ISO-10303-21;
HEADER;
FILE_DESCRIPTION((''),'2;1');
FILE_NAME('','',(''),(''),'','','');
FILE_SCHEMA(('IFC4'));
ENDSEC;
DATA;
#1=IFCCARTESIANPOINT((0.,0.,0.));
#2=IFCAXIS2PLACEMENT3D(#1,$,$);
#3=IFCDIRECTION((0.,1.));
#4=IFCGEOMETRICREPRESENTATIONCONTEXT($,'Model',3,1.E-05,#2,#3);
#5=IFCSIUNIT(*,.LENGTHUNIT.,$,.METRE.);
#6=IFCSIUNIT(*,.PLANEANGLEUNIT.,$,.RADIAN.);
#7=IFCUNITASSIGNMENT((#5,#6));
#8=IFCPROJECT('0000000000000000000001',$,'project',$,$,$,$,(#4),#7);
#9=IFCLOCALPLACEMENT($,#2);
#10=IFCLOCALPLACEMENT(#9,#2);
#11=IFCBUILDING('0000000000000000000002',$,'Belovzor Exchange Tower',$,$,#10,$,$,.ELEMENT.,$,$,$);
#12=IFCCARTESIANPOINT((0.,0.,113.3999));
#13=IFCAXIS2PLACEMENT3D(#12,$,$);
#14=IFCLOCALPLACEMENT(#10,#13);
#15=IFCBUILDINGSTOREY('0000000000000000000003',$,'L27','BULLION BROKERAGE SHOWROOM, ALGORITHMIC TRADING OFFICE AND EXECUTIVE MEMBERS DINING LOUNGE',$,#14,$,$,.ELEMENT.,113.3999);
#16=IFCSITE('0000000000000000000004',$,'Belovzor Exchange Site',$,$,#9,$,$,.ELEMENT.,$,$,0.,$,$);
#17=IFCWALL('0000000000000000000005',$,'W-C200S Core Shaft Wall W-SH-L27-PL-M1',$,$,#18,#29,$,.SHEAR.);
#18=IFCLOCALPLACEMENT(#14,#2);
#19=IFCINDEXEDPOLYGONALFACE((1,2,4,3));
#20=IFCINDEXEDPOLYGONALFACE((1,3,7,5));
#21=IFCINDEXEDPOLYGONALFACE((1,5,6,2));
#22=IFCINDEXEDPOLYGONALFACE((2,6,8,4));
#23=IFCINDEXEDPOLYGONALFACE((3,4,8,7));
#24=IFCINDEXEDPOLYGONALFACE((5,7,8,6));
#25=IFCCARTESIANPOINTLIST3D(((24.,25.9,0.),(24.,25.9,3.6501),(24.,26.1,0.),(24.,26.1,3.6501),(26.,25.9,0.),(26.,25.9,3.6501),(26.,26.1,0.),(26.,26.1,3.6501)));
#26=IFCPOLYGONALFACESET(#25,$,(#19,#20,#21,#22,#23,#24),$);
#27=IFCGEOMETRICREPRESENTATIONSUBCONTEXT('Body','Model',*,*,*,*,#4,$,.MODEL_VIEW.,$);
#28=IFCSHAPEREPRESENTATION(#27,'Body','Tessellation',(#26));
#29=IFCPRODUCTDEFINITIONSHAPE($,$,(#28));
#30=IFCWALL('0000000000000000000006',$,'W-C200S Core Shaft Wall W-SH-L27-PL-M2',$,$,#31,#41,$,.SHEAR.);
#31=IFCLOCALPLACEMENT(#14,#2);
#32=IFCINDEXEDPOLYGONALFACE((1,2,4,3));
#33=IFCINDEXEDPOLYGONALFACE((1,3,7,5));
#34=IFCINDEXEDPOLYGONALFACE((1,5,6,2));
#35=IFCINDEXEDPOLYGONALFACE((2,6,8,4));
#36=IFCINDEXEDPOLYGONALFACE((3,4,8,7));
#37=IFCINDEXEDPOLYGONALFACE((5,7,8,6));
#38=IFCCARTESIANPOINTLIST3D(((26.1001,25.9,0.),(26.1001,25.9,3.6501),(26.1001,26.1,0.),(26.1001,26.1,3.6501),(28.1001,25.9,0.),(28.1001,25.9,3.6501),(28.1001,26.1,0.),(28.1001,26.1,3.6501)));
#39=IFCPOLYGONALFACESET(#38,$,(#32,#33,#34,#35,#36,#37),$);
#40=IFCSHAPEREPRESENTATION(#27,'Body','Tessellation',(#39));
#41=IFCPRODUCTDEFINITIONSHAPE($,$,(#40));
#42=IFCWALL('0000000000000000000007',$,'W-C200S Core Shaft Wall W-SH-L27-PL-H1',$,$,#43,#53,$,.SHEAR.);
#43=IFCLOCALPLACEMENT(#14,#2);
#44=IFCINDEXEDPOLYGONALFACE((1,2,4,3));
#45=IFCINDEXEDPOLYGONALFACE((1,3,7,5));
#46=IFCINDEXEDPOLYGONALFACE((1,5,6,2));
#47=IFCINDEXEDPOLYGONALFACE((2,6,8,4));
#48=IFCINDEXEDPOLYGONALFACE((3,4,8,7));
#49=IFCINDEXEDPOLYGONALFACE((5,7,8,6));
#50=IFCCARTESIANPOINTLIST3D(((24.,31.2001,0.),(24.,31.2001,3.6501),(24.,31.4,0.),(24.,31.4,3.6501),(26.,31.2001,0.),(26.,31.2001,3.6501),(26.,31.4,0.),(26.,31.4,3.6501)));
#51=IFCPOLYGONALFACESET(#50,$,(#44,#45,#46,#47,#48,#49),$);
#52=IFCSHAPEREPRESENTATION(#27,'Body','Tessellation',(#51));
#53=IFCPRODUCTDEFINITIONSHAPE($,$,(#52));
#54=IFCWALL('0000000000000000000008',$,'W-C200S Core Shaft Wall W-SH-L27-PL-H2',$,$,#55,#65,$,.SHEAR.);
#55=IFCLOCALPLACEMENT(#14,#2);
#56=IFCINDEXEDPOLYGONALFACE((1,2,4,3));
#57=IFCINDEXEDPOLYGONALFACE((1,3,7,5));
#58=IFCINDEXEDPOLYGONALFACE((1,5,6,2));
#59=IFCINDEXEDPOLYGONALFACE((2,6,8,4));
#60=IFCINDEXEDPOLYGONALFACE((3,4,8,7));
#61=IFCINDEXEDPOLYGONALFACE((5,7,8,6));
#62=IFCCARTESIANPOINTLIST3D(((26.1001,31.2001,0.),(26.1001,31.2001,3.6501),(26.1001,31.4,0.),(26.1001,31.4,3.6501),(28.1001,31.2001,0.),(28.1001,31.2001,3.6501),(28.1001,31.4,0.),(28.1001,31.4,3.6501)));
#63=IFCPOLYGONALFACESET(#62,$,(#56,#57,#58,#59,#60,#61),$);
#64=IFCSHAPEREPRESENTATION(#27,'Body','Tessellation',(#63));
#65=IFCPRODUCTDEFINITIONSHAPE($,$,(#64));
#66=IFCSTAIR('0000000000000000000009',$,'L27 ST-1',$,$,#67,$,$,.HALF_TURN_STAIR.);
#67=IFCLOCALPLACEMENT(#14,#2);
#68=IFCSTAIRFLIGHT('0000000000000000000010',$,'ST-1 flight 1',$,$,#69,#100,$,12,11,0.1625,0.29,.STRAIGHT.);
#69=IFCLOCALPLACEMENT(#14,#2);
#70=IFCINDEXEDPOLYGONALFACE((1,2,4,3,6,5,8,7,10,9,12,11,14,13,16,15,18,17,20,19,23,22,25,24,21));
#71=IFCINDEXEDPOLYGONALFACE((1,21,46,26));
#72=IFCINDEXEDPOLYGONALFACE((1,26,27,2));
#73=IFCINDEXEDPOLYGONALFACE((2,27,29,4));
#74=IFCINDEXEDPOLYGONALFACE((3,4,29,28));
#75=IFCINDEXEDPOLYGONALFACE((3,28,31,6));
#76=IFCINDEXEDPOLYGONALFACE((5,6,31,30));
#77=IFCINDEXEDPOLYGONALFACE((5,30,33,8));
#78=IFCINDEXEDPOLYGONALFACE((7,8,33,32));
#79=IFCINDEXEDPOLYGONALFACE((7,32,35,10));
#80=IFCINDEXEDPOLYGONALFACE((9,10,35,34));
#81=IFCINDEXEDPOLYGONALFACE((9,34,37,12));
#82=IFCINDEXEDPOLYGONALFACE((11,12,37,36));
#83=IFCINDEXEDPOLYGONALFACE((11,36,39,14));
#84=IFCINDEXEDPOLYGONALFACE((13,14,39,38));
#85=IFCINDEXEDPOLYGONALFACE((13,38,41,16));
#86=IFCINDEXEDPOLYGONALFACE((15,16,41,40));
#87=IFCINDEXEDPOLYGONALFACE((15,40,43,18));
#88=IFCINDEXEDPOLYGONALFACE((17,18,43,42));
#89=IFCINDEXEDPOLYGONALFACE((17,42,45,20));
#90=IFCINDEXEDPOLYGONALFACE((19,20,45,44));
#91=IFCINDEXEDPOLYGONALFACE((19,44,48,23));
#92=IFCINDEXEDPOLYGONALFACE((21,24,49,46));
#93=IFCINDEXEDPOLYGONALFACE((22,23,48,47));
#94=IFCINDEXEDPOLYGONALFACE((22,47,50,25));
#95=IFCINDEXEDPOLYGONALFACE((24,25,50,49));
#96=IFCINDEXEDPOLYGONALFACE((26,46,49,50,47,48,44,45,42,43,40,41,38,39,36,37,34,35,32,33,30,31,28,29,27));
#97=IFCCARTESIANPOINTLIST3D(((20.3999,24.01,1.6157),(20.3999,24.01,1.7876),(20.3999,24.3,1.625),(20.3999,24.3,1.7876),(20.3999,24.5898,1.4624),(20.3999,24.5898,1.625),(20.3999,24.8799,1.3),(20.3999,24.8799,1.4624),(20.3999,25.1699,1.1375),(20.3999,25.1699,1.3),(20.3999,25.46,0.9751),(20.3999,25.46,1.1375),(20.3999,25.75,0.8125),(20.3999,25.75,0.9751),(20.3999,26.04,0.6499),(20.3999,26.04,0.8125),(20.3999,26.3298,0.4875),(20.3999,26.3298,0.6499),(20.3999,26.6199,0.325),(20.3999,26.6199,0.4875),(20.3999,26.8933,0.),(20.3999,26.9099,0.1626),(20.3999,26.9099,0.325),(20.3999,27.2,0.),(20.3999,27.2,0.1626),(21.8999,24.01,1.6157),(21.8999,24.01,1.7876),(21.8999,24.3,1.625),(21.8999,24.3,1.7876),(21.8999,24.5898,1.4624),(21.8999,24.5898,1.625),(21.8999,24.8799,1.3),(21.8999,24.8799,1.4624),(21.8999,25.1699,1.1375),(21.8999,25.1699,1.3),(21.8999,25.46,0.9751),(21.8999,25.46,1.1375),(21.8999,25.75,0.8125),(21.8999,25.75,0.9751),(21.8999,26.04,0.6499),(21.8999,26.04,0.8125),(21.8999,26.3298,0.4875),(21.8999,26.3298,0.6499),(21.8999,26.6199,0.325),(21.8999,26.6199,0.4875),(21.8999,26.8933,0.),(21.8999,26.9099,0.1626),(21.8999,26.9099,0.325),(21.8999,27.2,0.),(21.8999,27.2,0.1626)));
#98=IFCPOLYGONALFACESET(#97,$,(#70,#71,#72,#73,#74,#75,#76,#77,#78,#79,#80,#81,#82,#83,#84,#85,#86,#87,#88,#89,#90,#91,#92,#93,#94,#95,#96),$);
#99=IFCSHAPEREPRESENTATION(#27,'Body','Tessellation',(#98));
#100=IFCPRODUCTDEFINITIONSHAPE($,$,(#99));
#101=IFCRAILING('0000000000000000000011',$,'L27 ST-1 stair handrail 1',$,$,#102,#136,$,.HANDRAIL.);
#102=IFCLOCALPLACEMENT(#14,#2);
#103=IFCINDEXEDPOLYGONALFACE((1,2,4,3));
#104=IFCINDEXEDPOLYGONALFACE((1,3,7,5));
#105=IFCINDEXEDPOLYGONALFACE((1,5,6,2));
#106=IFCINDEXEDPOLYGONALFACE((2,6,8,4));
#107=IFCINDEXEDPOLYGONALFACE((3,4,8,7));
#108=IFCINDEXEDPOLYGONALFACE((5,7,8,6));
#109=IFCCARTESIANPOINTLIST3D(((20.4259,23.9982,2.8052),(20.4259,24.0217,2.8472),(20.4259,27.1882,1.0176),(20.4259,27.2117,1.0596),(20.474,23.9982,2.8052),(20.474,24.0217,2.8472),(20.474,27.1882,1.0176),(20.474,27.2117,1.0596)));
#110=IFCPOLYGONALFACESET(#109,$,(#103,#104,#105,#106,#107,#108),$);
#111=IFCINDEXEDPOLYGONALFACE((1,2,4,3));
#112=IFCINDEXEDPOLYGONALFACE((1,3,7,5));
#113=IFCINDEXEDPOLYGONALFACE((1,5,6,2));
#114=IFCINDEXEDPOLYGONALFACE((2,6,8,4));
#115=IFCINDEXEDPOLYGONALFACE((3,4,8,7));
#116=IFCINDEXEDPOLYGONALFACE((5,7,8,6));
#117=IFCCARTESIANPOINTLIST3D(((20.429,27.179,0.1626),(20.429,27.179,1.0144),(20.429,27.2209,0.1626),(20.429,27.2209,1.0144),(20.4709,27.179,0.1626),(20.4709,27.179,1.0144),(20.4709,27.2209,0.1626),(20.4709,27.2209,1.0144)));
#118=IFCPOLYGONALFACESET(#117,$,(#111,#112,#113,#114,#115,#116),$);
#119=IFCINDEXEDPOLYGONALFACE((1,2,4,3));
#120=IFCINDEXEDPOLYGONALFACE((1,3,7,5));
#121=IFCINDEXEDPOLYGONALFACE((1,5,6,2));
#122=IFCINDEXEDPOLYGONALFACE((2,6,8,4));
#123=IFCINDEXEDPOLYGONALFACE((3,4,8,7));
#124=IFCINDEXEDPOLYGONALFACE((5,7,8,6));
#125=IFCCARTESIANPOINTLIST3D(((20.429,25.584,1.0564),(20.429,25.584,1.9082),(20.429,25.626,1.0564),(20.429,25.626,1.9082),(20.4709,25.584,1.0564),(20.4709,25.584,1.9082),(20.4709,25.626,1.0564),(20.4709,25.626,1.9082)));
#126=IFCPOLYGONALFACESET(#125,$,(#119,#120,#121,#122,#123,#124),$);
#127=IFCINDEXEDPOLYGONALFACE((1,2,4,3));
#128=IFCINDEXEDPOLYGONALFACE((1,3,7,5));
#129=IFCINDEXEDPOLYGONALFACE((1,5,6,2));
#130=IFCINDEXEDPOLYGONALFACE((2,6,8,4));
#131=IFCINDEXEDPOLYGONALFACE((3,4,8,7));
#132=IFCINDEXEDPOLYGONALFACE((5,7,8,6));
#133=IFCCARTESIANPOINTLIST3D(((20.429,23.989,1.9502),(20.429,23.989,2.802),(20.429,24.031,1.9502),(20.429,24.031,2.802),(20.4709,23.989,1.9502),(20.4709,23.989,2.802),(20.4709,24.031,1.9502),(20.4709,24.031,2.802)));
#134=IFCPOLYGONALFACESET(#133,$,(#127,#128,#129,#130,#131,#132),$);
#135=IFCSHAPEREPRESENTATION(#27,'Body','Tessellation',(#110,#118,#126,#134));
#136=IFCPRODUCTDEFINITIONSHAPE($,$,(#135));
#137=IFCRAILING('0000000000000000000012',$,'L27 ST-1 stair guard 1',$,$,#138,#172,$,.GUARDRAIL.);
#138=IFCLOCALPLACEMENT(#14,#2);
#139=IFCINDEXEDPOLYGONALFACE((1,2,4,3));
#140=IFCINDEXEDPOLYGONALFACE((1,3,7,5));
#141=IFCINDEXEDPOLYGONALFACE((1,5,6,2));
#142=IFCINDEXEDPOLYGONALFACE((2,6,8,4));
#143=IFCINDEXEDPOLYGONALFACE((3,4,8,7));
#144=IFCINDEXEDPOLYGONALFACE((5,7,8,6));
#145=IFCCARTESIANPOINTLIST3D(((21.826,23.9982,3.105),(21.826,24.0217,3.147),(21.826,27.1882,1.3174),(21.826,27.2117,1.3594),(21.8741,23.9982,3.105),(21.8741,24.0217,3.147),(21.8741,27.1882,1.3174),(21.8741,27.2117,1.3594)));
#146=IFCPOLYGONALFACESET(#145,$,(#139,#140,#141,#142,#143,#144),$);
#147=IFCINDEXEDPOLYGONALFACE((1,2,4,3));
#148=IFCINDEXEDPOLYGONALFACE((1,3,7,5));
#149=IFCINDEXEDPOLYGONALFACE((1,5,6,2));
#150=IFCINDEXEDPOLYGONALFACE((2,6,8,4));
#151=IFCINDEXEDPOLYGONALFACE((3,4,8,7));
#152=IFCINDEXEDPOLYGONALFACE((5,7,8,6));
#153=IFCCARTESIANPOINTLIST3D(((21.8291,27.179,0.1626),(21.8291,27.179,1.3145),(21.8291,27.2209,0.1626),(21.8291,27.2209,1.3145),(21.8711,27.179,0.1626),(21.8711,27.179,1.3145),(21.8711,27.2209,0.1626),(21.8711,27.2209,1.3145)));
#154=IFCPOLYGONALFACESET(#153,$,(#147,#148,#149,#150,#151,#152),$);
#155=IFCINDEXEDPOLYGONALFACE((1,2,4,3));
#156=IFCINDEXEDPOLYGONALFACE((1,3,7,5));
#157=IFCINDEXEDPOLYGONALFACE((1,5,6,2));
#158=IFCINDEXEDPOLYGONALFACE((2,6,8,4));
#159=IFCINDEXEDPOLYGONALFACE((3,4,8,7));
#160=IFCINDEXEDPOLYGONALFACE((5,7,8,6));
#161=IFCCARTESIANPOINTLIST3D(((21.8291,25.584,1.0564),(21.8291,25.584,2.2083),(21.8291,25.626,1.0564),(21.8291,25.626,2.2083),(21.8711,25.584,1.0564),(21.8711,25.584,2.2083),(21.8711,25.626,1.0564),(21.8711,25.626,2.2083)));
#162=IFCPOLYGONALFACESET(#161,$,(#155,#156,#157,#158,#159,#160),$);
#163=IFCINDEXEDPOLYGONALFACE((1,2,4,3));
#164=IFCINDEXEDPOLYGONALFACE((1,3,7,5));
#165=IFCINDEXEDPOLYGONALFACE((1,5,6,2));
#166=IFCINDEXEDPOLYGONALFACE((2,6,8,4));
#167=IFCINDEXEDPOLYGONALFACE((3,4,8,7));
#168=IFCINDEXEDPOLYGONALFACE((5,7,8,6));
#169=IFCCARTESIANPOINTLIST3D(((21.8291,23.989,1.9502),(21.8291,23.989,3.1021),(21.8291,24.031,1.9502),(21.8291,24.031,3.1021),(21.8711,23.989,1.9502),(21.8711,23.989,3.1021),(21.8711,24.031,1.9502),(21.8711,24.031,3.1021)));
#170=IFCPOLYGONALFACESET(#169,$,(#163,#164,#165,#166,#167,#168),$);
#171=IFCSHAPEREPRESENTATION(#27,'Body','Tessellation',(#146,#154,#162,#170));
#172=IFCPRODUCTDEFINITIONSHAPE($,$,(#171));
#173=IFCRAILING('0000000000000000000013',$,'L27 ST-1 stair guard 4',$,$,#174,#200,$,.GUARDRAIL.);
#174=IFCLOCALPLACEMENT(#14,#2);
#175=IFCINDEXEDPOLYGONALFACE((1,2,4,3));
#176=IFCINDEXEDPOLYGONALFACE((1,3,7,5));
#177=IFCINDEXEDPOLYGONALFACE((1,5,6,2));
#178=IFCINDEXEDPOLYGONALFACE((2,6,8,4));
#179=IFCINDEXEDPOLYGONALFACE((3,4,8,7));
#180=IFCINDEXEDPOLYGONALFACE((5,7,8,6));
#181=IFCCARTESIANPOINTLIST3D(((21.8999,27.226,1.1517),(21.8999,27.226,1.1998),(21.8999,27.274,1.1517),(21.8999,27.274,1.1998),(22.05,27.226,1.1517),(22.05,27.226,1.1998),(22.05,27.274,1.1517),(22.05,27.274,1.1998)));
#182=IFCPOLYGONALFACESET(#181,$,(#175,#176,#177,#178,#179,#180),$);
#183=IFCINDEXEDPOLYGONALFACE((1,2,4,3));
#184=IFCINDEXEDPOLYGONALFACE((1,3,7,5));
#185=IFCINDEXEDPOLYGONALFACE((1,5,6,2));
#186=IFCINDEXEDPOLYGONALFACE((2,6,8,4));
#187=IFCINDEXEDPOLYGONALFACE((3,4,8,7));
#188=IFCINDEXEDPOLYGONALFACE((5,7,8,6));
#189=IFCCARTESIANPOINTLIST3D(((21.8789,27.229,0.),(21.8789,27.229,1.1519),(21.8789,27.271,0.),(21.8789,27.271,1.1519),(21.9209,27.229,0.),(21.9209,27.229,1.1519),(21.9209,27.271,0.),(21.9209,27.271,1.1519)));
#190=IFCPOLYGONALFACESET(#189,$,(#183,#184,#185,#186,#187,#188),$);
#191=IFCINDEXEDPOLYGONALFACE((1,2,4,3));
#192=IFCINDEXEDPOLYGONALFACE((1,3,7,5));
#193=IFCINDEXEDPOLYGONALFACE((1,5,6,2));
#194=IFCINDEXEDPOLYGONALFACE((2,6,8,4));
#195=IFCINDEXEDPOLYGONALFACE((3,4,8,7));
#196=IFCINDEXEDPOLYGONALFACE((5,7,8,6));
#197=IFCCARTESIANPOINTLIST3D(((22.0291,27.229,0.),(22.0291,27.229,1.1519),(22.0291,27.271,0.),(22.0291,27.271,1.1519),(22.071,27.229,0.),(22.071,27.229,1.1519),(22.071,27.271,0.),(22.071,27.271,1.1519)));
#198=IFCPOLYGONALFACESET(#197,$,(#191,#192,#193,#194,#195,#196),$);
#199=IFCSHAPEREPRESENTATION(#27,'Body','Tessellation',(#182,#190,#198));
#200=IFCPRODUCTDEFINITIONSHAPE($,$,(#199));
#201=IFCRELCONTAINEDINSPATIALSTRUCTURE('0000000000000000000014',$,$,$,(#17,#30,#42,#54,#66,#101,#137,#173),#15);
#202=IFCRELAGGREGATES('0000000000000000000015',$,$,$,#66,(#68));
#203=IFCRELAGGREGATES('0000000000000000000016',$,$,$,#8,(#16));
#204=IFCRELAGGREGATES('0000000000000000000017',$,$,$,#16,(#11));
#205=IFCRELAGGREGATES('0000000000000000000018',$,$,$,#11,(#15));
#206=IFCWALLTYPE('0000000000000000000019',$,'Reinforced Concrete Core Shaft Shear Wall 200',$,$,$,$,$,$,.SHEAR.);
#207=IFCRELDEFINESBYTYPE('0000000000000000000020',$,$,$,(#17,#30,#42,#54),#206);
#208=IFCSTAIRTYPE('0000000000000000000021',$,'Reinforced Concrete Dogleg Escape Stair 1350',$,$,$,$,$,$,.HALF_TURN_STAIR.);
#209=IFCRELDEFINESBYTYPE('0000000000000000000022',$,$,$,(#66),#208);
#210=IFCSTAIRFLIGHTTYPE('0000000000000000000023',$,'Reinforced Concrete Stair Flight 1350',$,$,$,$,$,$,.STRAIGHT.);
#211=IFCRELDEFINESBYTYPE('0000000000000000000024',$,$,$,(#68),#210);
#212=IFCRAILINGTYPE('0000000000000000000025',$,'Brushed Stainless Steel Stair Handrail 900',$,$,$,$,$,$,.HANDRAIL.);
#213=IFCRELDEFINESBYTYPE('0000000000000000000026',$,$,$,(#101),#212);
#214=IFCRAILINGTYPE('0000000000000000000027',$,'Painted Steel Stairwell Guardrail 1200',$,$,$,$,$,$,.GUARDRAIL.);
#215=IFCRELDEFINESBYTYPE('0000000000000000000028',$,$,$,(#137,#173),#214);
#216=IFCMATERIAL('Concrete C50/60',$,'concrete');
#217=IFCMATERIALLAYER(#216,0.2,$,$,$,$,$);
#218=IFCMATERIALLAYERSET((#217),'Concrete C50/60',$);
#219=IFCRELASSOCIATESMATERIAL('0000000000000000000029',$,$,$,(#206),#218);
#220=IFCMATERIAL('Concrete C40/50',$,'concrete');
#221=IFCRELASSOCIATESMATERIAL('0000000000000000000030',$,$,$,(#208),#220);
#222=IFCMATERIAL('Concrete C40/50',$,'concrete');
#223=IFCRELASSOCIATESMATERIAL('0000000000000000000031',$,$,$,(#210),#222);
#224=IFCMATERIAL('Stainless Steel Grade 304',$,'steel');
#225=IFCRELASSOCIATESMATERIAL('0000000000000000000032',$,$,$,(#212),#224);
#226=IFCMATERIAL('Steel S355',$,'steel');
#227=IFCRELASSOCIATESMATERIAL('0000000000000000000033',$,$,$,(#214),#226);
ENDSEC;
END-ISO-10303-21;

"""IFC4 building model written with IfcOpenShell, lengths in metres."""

from ifc_helpers import new_model, si_unit, direction, frame, frame_2d, origin, origin_2d, place, context, subcontext, project, spatial, polyline, rectangle, outline, extrude, material, layer, layer_set, type_object, element, aggregate, save


model = new_model("IFC4")

# Units and contexts
model_context = context("Model", 3, precision=1e-05, world=origin(), true_north=direction((0.0, 1.0)))
body_context = subcontext(model_context, "Body", "Model", "MODEL_VIEW")
ifc_project = project(units=[si_unit("LENGTHUNIT", "METRE"), si_unit("PLANEANGLEUNIT", "RADIAN")], contexts=[model_context])

# Site, building, storey
site_placement = place(None, origin())
site = spatial("IfcSite", under=ifc_project, at=site_placement, Name="Belovzor Exchange Site", CompositionType="ELEMENT", RefElevation=0.0)
building_placement = place(site_placement, origin())
building = spatial("IfcBuilding", under=site, at=building_placement, Name="Belovzor Exchange Tower", CompositionType="ELEMENT")
storey_placement = place(building_placement, frame((0.0, 0.0, 113.3999)))
storey = spatial("IfcBuildingStorey", under=building, at=storey_placement, Name="L27", Description="BULLION BROKERAGE SHOWROOM, ALGORITHMIC TRADING OFFICE AND EXECUTIVE MEMBERS DINING LOUNGE", CompositionType="ELEMENT", Elevation=113.3999)

# Shared definitions
ifc_material_1 = material(Name="Concrete C50/60", Category="concrete")
ifc_layer_1 = layer(ifc_material_1, 0.2)
ifc_layer_set_1 = layer_set([ifc_layer_1], Name="Concrete C50/60")
wall_type_1 = type_object("IfcWallType", Name="Reinforced Concrete Core Shaft Shear Wall 200", PredefinedType="SHEAR", material=ifc_layer_set_1)

# Walls
for number, where, z_axis, x_axis, name in (
    (1, (24.0, 26.0, 0.0), (0.0, 0.0, 1.0), (1.0, 0.0, 0.0), "W-C200S Core Shaft Wall W-SH-L27-PL-M1"),
    (2, (26.1001, 26.0, 0.0), (0.0, 0.0, 1.0), (1.0, 0.0, 0.0), "W-C200S Core Shaft Wall W-SH-L27-PL-M2"),
    (3, (24.0, 31.3, 0.0), (0.0, 0.0, 1.0), (1.0, 0.0, 0.0), "W-C200S Core Shaft Wall W-SH-L27-PL-H1"),
    (4, (26.1001, 31.3, 0.0), (0.0, 0.0, 1.0), (1.0, 0.0, 0.0), "W-C200S Core Shaft Wall W-SH-L27-PL-H2"),
):
    element("IfcWall", number, at=place(storey_placement, frame(where, z_axis=z_axis, x_axis=x_axis)), inside=storey, type_object=wall_type_1, Name=name, PredefinedType="SHEAR", context=body_context, shape_type="SweptSolid", body=[
        extrude(rectangle(XDim=2.0, YDim=0.2, at=frame_2d((1.0, 0.0))), origin(), (0.0, 0.0, 1.0), 3.6501),
    ])

# Stair, stair flight
ifc_material_2 = material(Name="Concrete C40/50", Category="concrete")
stair_type = type_object("IfcStairType", Name="Reinforced Concrete Dogleg Escape Stair 1350", PredefinedType="HALF_TURN_STAIR", material=ifc_material_2)
stair_placement = place(storey_placement, origin())
stair = element("IfcStair", 5, at=stair_placement, inside=storey, type_object=stair_type, Name="L27 ST-1", PredefinedType="HALF_TURN_STAIR")
ifc_material_3 = material(Name="Concrete C40/50", Category="concrete")
stair_flight_type = type_object("IfcStairFlightType", Name="Reinforced Concrete Stair Flight 1350", PredefinedType="STRAIGHT", material=ifc_material_3)
stair_flight_placement = place(storey_placement, frame((21.1499, 27.2, 0.0), z_axis=(0.0, 0.0, 1.0), x_axis=(0.0, -1.0, 0.0)))
stair_flight = element("IfcStairFlight", 6, at=stair_flight_placement, type_object=stair_flight_type, Name="ST-1 flight 1", NumberOfRisers=12, NumberOfTreads=11, PredefinedType="STRAIGHT", RiserHeight=0.1625, TreadLength=0.29, context=body_context, shape_type="SweptSolid", body=[
    extrude(outline(polyline([(0.0, 0.0), (0.0, 0.1626), (0.29, 0.1626), (0.29, 0.325), (0.5801, 0.325), (0.5801, 0.4875), (0.8701, 0.4875), (0.8701, 0.6499), (1.1599, 0.6499), (1.1599, 0.8125), (1.45, 0.8125), (1.45, 0.9751), (1.74, 0.9751), (1.74, 1.1375), (2.03, 1.1375), (2.03, 1.3), (2.3201, 1.3), (2.3201, 1.4624), (2.6101, 1.4624), (2.6101, 1.625), (2.8999, 1.625), (2.8999, 1.7876), (3.1899, 1.7876), (3.1899, 1.95), (3.1899, 1.6157), (0.3066, 0.0), (0.0, 0.0)])), frame((0.0, 0.75, 0.0), z_axis=(0.0, -1.0, 0.0), x_axis=(1.0, 0.0, 0.0)), (0.0, 0.0, 1.0), 1.5),
])
aggregate(stair, [stair_flight])

# Railings
ifc_material_4 = material(Name="Stainless Steel Grade 304", Category="steel")
railing_type_1 = type_object("IfcRailingType", Name="Brushed Stainless Steel Stair Handrail 900", PredefinedType="HANDRAIL", material=ifc_material_4)
railing_1_placement = place(storey_placement, frame((20.45, 27.2, 0.1626)))
element("IfcRailing", 7, at=railing_1_placement, inside=storey, type_object=railing_type_1, Name="L27 ST-1 stair handrail 1", PredefinedType="HANDRAIL", context=body_context, shape_type="SweptSolid", body=[
    extrude(rectangle(XDim=0.0481, YDim=0.0481, at=origin_2d()), frame((0.0, 0.0, 0.876), z_axis=(0.0, -0.872363, 0.48886), x_axis=(1.0, 0.0, 0.0)), (0.0, 0.0, 1.0), 3.6567),
    extrude(rectangle(XDim=0.042, YDim=0.042, at=origin_2d()), origin(), (0.0, 0.0, 1.0), 0.8518),
    extrude(rectangle(XDim=0.042, YDim=0.042, at=origin_2d()), frame((0.0, -1.595, 0.8938)), (0.0, 0.0, 1.0), 0.8518),
    extrude(rectangle(XDim=0.042, YDim=0.042, at=origin_2d()), frame((0.0, -3.1899, 1.7876)), (0.0, 0.0, 1.0), 0.8518),
])
ifc_material_5 = material(Name="Steel S355", Category="steel")
railing_type_2 = type_object("IfcRailingType", Name="Painted Steel Stairwell Guardrail 1200", PredefinedType="GUARDRAIL", material=ifc_material_5)
railing_2_placement = place(storey_placement, frame((21.8501, 27.2, 0.1626)))
element("IfcRailing", 8, at=railing_2_placement, inside=storey, type_object=railing_type_2, Name="L27 ST-1 stair guard 1", PredefinedType="GUARDRAIL", context=body_context, shape_type="SweptSolid", body=[
    extrude(rectangle(XDim=0.0481, YDim=0.0481, at=origin_2d()), frame((0.0, 0.0, 1.1758), z_axis=(0.0, -0.872363, 0.48886), x_axis=(1.0, 0.0, 0.0)), (0.0, 0.0, 1.0), 3.6567),
    extrude(rectangle(XDim=0.042, YDim=0.042, at=origin_2d()), origin(), (0.0, 0.0, 1.0), 1.1519),
    extrude(rectangle(XDim=0.042, YDim=0.042, at=origin_2d()), frame((0.0, -1.595, 0.8938)), (0.0, 0.0, 1.0), 1.1519),
    extrude(rectangle(XDim=0.042, YDim=0.042, at=origin_2d()), frame((0.0, -3.1899, 1.7876)), (0.0, 0.0, 1.0), 1.1519),
])
railing_3_placement = place(storey_placement, frame((21.8999, 27.25, 0.0)))
element("IfcRailing", 9, at=railing_3_placement, inside=storey, type_object=railing_type_2, Name="L27 ST-1 stair guard 4", PredefinedType="GUARDRAIL", context=body_context, shape_type="SweptSolid", body=[
    extrude(rectangle(XDim=0.0481, YDim=0.0481, at=origin_2d()), frame((0.0, 0.0, 1.1758), z_axis=(1.0, 0.0, 0.0), x_axis=(0.0, 1.0, 0.0)), (0.0, 0.0, 1.0), 0.1501),
    extrude(rectangle(XDim=0.042, YDim=0.042, at=origin_2d()), origin(), (0.0, 0.0, 1.0), 1.1519),
    extrude(rectangle(XDim=0.042, YDim=0.042, at=origin_2d()), frame((0.1501, 0.0, 0.0)), (0.0, 0.0, 1.0), 1.1519),
])

save(model, "model.ifc")
